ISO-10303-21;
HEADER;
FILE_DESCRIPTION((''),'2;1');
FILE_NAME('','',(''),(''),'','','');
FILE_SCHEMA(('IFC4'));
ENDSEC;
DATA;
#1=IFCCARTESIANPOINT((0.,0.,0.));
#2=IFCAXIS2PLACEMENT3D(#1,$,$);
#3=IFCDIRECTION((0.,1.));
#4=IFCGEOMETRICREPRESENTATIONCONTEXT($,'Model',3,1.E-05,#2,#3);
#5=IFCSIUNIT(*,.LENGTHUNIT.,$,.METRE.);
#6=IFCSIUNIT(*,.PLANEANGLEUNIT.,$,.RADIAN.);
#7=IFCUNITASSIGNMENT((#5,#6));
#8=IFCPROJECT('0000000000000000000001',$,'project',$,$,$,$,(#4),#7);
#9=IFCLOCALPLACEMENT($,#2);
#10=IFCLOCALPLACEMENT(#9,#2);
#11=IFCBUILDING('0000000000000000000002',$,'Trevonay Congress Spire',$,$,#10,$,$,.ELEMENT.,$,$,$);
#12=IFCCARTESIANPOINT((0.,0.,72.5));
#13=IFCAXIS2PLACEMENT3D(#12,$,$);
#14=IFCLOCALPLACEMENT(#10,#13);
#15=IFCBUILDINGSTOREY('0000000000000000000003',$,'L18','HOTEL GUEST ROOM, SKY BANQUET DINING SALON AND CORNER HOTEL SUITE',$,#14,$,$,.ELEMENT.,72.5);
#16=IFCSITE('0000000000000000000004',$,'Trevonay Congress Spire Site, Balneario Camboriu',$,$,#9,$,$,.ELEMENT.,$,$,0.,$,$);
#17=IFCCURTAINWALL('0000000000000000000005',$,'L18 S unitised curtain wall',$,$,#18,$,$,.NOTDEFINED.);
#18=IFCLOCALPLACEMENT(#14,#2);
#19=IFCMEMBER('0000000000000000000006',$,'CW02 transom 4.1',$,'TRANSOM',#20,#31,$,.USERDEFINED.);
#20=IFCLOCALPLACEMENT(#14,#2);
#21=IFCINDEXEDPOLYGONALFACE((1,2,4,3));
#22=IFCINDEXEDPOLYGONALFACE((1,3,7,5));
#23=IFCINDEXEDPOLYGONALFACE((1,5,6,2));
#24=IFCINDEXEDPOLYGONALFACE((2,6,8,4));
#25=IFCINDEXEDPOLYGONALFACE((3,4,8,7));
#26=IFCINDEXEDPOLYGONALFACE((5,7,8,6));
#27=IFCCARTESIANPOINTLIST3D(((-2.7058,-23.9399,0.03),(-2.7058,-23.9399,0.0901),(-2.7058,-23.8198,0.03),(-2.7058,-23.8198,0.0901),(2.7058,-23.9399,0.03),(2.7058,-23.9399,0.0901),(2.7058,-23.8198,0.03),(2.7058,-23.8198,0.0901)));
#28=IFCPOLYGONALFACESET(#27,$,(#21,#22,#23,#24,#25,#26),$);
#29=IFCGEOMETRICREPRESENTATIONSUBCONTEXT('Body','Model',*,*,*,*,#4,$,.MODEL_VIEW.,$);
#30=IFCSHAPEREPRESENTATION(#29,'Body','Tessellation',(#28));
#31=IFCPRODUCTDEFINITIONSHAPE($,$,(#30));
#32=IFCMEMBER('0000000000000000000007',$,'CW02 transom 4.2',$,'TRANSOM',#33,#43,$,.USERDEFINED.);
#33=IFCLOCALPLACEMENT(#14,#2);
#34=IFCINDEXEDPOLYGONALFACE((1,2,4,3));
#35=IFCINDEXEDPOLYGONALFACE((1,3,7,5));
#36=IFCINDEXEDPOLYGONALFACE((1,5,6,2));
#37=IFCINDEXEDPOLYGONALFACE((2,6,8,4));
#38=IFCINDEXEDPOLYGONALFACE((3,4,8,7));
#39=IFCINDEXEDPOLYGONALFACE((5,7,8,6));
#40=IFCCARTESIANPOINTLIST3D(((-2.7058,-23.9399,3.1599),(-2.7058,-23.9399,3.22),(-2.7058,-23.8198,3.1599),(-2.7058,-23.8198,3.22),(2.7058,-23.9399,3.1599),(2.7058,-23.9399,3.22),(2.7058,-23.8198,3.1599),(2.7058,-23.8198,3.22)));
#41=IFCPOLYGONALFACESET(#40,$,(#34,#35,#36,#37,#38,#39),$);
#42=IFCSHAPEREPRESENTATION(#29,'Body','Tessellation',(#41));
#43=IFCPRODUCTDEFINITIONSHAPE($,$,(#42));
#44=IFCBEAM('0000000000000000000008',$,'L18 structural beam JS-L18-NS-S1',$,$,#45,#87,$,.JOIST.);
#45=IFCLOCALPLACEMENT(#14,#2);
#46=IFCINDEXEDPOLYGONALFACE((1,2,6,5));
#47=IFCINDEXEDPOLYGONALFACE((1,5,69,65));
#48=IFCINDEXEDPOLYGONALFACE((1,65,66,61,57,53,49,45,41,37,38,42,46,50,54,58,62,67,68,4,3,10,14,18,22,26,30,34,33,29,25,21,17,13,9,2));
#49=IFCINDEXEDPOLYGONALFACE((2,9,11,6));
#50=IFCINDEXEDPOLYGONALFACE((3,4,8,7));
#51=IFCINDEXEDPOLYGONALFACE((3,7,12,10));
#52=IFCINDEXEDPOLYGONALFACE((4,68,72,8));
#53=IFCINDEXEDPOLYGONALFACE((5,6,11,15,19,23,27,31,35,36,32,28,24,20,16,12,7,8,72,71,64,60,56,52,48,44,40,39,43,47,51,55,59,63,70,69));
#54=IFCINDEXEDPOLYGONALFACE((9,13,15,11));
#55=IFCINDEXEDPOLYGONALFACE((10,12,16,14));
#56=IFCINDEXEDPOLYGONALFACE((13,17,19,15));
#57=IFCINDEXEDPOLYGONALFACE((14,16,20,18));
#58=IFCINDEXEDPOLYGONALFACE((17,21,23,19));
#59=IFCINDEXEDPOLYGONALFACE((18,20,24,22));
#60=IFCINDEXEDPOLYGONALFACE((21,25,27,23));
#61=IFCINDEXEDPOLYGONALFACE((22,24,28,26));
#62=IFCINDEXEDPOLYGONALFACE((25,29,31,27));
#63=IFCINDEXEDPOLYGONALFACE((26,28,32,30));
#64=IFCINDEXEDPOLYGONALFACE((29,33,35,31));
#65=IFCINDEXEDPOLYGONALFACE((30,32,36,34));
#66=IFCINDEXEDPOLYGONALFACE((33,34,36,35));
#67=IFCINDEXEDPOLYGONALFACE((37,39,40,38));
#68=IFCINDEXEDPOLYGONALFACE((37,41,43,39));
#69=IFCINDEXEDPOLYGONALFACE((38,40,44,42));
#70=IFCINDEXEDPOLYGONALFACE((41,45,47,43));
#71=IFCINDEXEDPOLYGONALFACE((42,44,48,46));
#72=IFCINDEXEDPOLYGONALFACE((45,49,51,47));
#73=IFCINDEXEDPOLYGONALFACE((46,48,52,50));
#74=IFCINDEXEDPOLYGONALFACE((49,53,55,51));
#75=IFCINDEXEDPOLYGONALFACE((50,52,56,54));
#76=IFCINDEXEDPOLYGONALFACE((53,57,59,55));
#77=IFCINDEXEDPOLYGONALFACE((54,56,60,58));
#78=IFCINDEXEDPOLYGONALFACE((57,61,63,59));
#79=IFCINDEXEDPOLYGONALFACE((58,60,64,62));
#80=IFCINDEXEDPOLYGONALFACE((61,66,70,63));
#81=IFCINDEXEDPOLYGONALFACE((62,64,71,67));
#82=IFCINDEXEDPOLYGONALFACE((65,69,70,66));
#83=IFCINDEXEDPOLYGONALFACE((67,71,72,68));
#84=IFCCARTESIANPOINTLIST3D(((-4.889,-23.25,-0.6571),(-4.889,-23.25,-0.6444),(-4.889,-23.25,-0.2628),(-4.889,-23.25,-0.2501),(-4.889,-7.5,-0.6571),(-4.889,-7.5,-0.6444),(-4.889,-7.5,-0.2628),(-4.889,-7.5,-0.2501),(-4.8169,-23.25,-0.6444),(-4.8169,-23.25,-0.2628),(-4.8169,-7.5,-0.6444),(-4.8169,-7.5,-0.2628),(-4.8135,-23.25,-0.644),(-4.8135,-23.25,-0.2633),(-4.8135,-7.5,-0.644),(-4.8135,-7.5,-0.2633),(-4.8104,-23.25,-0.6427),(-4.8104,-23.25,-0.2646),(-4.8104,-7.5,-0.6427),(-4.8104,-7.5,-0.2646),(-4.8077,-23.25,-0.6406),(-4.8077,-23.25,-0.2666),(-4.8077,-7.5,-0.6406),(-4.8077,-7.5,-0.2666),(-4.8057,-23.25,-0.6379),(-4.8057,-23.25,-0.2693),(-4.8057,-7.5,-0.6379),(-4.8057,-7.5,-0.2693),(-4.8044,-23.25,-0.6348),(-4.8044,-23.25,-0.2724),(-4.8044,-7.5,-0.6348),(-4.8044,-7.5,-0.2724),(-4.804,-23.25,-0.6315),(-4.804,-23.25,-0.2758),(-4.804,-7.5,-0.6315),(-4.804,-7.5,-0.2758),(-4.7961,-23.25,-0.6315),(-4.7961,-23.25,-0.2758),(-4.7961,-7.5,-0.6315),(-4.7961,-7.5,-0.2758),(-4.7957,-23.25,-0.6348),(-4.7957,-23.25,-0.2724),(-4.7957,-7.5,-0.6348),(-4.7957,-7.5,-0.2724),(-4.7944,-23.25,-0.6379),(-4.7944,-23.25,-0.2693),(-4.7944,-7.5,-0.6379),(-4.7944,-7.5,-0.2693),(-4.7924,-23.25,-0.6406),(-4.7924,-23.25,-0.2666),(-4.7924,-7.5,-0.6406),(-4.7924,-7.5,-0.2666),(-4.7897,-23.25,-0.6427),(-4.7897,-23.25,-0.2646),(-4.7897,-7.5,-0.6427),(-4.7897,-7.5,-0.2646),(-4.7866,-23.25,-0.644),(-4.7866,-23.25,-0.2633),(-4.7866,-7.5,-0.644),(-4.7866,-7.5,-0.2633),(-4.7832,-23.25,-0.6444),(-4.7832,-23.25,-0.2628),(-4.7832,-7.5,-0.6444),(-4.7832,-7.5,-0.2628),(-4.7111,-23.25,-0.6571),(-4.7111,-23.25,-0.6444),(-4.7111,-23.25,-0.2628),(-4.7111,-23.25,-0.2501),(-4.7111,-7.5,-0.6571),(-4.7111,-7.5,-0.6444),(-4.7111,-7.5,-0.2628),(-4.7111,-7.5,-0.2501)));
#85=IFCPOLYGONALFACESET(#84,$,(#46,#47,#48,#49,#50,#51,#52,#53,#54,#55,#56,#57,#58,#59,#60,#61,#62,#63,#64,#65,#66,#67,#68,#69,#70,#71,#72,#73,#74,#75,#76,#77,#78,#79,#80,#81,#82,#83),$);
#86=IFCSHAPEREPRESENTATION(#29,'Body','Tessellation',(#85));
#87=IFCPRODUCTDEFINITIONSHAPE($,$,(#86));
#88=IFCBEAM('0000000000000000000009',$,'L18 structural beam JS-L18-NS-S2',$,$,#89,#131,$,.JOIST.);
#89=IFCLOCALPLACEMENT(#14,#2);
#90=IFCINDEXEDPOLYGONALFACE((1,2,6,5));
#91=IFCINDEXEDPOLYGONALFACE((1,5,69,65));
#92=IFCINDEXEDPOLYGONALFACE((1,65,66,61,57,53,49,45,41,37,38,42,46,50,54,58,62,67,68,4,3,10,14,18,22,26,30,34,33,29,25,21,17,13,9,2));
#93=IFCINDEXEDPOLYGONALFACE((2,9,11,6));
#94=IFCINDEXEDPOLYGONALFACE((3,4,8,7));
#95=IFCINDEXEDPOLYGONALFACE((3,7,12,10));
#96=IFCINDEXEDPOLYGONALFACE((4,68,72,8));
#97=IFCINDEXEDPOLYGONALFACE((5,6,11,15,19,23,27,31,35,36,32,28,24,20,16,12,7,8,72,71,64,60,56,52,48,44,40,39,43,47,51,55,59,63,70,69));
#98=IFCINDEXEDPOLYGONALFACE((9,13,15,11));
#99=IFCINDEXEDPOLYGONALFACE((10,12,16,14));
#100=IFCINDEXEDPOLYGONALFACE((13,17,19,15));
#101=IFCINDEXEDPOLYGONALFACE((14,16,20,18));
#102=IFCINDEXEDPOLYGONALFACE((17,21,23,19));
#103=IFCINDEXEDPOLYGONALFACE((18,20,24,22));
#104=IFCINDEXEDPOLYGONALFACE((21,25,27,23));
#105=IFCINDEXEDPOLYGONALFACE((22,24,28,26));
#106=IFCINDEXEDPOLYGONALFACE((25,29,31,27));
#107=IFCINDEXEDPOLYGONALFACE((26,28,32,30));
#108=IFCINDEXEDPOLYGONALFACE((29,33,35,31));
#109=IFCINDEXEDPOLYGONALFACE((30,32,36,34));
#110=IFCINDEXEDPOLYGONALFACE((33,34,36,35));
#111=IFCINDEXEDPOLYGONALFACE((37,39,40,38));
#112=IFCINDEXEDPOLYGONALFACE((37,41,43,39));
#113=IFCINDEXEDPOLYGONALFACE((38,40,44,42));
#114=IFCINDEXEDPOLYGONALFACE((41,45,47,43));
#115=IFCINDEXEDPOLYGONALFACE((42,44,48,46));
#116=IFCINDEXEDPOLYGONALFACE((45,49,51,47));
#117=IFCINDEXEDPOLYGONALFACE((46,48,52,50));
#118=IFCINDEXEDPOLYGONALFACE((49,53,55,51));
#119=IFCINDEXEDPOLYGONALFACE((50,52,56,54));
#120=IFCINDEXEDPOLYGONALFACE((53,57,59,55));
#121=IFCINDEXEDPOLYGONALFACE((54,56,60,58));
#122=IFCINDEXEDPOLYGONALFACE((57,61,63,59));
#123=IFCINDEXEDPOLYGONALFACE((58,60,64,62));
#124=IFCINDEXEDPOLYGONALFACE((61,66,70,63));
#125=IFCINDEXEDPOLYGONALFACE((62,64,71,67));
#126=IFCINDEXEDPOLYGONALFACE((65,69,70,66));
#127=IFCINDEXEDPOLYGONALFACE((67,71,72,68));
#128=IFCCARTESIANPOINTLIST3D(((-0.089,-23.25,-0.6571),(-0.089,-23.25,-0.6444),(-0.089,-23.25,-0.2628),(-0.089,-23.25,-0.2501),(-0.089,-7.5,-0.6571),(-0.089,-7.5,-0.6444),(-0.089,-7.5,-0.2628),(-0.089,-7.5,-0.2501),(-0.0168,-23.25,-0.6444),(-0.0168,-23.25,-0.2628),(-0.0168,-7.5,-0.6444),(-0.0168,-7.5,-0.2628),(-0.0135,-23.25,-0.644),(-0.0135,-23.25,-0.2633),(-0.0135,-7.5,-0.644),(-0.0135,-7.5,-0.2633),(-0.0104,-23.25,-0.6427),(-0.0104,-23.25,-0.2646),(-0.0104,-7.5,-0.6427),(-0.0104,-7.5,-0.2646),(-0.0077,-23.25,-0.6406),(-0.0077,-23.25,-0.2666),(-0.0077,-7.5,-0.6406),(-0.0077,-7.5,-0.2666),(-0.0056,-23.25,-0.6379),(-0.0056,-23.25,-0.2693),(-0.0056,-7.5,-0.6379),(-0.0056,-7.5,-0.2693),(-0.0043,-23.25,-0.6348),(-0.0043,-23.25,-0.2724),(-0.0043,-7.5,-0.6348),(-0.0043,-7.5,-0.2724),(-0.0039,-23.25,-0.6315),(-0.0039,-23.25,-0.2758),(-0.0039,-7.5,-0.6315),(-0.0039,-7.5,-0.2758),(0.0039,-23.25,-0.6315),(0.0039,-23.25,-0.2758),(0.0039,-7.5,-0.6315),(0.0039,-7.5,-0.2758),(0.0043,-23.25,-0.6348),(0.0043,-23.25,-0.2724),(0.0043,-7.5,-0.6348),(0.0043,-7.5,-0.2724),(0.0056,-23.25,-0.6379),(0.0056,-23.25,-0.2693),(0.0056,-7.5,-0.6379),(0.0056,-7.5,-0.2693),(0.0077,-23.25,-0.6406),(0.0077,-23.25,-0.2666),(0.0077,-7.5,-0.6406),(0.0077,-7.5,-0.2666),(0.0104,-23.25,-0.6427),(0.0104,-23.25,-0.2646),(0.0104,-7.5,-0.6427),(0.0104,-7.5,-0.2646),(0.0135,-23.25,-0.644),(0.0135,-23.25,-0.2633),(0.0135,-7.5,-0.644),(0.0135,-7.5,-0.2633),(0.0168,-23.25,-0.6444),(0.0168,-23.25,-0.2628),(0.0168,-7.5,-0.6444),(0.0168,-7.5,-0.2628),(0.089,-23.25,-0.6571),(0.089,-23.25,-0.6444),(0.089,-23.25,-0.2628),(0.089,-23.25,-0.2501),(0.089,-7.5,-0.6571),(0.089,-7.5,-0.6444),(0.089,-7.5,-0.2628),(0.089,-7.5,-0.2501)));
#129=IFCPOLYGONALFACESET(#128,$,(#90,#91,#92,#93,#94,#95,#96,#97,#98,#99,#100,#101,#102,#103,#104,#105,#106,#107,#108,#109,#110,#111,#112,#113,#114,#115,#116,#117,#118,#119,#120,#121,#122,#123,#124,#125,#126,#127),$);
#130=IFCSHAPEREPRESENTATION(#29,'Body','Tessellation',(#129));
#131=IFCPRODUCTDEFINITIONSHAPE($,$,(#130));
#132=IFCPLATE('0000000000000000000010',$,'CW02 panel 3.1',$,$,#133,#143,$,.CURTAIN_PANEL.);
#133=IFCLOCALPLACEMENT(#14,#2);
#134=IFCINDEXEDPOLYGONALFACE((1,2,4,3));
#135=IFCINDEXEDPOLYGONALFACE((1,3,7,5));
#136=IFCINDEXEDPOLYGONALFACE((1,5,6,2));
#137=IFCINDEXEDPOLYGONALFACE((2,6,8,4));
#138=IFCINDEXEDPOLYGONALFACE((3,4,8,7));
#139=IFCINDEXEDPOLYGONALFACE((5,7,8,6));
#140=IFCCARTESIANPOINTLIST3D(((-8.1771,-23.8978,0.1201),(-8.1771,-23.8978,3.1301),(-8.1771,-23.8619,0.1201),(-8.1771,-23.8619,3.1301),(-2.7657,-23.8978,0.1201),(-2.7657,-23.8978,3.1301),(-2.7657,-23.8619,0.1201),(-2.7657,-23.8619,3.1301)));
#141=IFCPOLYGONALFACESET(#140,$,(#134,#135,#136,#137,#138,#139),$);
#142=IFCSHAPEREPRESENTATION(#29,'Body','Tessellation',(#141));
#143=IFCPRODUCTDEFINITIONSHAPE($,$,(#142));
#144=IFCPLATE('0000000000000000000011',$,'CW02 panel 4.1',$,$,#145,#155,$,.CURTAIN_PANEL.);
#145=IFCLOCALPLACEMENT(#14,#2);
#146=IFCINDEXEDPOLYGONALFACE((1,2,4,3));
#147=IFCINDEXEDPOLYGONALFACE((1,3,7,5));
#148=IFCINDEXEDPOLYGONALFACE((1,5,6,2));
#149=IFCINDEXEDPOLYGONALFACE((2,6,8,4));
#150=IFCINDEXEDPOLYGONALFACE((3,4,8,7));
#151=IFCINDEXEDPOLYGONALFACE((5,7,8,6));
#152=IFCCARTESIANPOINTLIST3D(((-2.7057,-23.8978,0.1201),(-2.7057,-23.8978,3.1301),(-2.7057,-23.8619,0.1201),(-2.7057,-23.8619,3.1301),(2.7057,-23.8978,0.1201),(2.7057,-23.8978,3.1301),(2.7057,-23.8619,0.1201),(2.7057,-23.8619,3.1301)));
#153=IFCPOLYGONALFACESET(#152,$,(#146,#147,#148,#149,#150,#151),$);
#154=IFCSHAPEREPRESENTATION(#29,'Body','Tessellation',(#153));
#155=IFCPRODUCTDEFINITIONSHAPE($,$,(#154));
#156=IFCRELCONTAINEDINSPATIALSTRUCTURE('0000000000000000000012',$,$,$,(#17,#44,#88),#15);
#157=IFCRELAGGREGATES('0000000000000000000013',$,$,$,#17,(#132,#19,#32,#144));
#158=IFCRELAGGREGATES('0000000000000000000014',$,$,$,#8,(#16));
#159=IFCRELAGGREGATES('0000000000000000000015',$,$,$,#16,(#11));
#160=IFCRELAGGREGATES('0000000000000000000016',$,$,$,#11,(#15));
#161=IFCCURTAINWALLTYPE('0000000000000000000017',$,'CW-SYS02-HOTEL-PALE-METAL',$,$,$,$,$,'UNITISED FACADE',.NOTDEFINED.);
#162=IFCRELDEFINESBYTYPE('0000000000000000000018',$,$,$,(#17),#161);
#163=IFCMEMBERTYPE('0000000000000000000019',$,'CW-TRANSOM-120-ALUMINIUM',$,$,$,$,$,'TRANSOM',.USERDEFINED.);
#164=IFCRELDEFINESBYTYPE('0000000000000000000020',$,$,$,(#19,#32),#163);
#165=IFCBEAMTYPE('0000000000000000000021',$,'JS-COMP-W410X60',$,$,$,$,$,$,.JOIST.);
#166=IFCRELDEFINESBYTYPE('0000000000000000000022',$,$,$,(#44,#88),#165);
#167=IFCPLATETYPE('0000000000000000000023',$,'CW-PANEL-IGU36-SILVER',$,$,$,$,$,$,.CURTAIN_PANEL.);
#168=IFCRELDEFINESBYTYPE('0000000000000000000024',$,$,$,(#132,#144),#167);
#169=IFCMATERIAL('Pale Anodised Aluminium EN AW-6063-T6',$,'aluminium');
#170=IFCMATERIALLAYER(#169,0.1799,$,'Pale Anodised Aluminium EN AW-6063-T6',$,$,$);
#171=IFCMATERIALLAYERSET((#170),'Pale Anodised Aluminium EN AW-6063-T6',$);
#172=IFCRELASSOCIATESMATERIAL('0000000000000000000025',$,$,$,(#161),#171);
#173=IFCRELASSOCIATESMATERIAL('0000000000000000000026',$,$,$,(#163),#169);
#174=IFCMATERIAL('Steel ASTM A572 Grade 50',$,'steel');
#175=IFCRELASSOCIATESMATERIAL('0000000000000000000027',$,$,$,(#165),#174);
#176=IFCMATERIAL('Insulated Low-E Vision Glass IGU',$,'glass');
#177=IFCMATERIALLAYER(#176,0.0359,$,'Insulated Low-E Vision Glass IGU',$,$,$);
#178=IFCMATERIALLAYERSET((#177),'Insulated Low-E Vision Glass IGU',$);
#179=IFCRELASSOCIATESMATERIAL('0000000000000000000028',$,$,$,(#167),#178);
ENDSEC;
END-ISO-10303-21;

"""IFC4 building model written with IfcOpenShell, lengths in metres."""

from ifc_helpers import new_model, si_unit, direction, frame, origin, origin_2d, place, context, subcontext, project, spatial, rectangle, i_section, extrude, material, layer, layer_set, material_profile, profile_set, type_object, element, aggregate, save


model = new_model("IFC4")

# Units and contexts
model_context = context("Model", 3, precision=1e-05, world=origin(), true_north=direction((0.0, 1.0)))
body_context = subcontext(model_context, "Body", "Model", "MODEL_VIEW")
ifc_project = project(units=[si_unit("LENGTHUNIT", "METRE"), si_unit("PLANEANGLEUNIT", "RADIAN")], contexts=[model_context])

# Site, building, storey
site_placement = place(None, origin())
site = spatial("IfcSite", under=ifc_project, at=site_placement, Name="Trevonay Congress Spire Site, Balneario Camboriu", CompositionType="ELEMENT", RefElevation=0.0)
building_placement = place(site_placement, origin())
building = spatial("IfcBuilding", under=site, at=building_placement, Name="Trevonay Congress Spire", CompositionType="ELEMENT")
storey_placement = place(building_placement, frame((0.0, 0.0, 72.5)))
storey = spatial("IfcBuildingStorey", under=building, at=storey_placement, Name="L18", Description="HOTEL GUEST ROOM, SKY BANQUET DINING SALON AND CORNER HOTEL SUITE", CompositionType="ELEMENT", Elevation=72.5)

# Shared definitions
ifc_material_1 = material(Name="Steel ASTM A572 Grade 50", Category="steel")

# Curtain wall, members
ifc_material_2 = material(Name="Pale Anodised Aluminium EN AW-6063-T6", Category="aluminium")
ifc_layer_1 = layer(ifc_material_2, 0.1799, Name="Pale Anodised Aluminium EN AW-6063-T6")
ifc_layer_set_1 = layer_set([ifc_layer_1], Name="Pale Anodised Aluminium EN AW-6063-T6")
curtain_wall_type = type_object("IfcCurtainWallType", Name="CW-SYS02-HOTEL-PALE-METAL", ElementType="UNITISED FACADE", PredefinedType="NOTDEFINED", material=ifc_layer_set_1)
curtain_wall_placement = place(storey_placement, origin())
curtain_wall = element("IfcCurtainWall", 1, at=curtain_wall_placement, inside=storey, type_object=curtain_wall_type, Name="L18 S unitised curtain wall", PredefinedType="NOTDEFINED")
ifc_material_profile_1 = material_profile(ifc_material_2, rectangle(XDim=0.1201, YDim=0.0601, at=origin_2d()), Name="CW-TRANSOM-120-ALUMINIUM")
ifc_profile_set_1 = profile_set([ifc_material_profile_1], Name="Pale Anodised Aluminium EN AW-6063-T6")
member_type_1 = type_object("IfcMemberType", Name="CW-TRANSOM-120-ALUMINIUM", ElementType="TRANSOM", PredefinedType="USERDEFINED", material=ifc_profile_set_1)
member_1_placement = place(storey_placement, frame((-2.7058, -23.8799, 0.0601), z_axis=(1.0, 0.0, 0.0), x_axis=(0.0, 1.0, 0.0)))
member_1 = element("IfcMember", 2, at=member_1_placement, type_object=member_type_1, Name="CW02 transom 4.1", ObjectType="TRANSOM", PredefinedType="USERDEFINED", context=body_context, shape_type="SweptSolid", body=[
    extrude(rectangle(XDim=0.1201, YDim=0.0601, at=origin_2d()), origin(), (0.0, 0.0, 1.0), 5.4116),
])
member_2_placement = place(storey_placement, frame((-2.7058, -23.8799, 3.1899), z_axis=(1.0, 0.0, 0.0), x_axis=(0.0, 1.0, 0.0)))
member_2 = element("IfcMember", 3, at=member_2_placement, type_object=member_type_1, Name="CW02 transom 4.2", ObjectType="TRANSOM", PredefinedType="USERDEFINED", context=body_context, shape_type="SweptSolid", body=[
    extrude(rectangle(XDim=0.1201, YDim=0.0601, at=origin_2d()), origin(), (0.0, 0.0, 1.0), 5.4116),
])

# Beams
ifc_material_profile_2 = material_profile(ifc_material_1, i_section(OverallWidth=0.178, OverallDepth=0.407, WebThickness=0.0078, FlangeThickness=0.0127, FilletRadius=0.0129, at=origin_2d()), Name="W410x60")
ifc_profile_set_2 = profile_set([ifc_material_profile_2], Name="Steel ASTM A572 Grade 50")
beam_type_1 = type_object("IfcBeamType", Name="JS-COMP-W410X60", PredefinedType="JOIST", material=ifc_profile_set_2)
for number, where, z_axis, x_axis, name in (
    (4, (-4.8, -23.25, -0.4536), (0.0, 1.0, 0.0), (-1.0, 0.0, 0.0), "L18 structural beam JS-L18-NS-S1"),
    (5, (0.0, -23.25, -0.4536), (0.0, 1.0, 0.0), (-1.0, 0.0, 0.0), "L18 structural beam JS-L18-NS-S2"),
):
    element("IfcBeam", number, at=place(storey_placement, frame(where, z_axis=z_axis, x_axis=x_axis)), inside=storey, type_object=beam_type_1, Name=name, PredefinedType="JOIST", context=body_context, shape_type="SweptSolid", body=[
        extrude(i_section(OverallWidth=0.178, OverallDepth=0.407, WebThickness=0.0078, FlangeThickness=0.0127, FilletRadius=0.0129, at=origin_2d()), origin(), (0.0, 0.0, 1.0), 15.75),
    ])

# Plates
ifc_material_3 = material(Name="Insulated Low-E Vision Glass IGU", Category="glass")
ifc_layer_2 = layer(ifc_material_3, 0.0359, Name="Insulated Low-E Vision Glass IGU")
ifc_layer_set_2 = layer_set([ifc_layer_2], Name="Insulated Low-E Vision Glass IGU")
plate_type = type_object("IfcPlateType", Name="CW-PANEL-IGU36-SILVER", PredefinedType="CURTAIN_PANEL", material=ifc_layer_set_2)
plate_1_placement = place(storey_placement, frame((-5.4714, -23.8799, 0.1201), z_axis=(0.0, 0.0, 1.0), x_axis=(1.0, 0.0, 0.0)))
plate_1 = element("IfcPlate", 6, at=plate_1_placement, type_object=plate_type, Name="CW02 panel 3.1", PredefinedType="CURTAIN_PANEL", context=body_context, shape_type="SweptSolid", body=[
    extrude(rectangle(XDim=5.4114, YDim=0.0359, at=origin_2d()), origin(), (0.0, 0.0, 1.0), 3.01),
])
plate_2_placement = place(storey_placement, frame((0.0, -23.8799, 0.1201), z_axis=(0.0, 0.0, 1.0), x_axis=(1.0, 0.0, 0.0)))
plate_2 = element("IfcPlate", 7, at=plate_2_placement, type_object=plate_type, Name="CW02 panel 4.1", PredefinedType="CURTAIN_PANEL", context=body_context, shape_type="SweptSolid", body=[
    extrude(rectangle(XDim=5.4114, YDim=0.0359, at=origin_2d()), origin(), (0.0, 0.0, 1.0), 3.01),
])
aggregate(curtain_wall, [plate_1, member_1, member_2, plate_2])

save(model, "model.ifc")
